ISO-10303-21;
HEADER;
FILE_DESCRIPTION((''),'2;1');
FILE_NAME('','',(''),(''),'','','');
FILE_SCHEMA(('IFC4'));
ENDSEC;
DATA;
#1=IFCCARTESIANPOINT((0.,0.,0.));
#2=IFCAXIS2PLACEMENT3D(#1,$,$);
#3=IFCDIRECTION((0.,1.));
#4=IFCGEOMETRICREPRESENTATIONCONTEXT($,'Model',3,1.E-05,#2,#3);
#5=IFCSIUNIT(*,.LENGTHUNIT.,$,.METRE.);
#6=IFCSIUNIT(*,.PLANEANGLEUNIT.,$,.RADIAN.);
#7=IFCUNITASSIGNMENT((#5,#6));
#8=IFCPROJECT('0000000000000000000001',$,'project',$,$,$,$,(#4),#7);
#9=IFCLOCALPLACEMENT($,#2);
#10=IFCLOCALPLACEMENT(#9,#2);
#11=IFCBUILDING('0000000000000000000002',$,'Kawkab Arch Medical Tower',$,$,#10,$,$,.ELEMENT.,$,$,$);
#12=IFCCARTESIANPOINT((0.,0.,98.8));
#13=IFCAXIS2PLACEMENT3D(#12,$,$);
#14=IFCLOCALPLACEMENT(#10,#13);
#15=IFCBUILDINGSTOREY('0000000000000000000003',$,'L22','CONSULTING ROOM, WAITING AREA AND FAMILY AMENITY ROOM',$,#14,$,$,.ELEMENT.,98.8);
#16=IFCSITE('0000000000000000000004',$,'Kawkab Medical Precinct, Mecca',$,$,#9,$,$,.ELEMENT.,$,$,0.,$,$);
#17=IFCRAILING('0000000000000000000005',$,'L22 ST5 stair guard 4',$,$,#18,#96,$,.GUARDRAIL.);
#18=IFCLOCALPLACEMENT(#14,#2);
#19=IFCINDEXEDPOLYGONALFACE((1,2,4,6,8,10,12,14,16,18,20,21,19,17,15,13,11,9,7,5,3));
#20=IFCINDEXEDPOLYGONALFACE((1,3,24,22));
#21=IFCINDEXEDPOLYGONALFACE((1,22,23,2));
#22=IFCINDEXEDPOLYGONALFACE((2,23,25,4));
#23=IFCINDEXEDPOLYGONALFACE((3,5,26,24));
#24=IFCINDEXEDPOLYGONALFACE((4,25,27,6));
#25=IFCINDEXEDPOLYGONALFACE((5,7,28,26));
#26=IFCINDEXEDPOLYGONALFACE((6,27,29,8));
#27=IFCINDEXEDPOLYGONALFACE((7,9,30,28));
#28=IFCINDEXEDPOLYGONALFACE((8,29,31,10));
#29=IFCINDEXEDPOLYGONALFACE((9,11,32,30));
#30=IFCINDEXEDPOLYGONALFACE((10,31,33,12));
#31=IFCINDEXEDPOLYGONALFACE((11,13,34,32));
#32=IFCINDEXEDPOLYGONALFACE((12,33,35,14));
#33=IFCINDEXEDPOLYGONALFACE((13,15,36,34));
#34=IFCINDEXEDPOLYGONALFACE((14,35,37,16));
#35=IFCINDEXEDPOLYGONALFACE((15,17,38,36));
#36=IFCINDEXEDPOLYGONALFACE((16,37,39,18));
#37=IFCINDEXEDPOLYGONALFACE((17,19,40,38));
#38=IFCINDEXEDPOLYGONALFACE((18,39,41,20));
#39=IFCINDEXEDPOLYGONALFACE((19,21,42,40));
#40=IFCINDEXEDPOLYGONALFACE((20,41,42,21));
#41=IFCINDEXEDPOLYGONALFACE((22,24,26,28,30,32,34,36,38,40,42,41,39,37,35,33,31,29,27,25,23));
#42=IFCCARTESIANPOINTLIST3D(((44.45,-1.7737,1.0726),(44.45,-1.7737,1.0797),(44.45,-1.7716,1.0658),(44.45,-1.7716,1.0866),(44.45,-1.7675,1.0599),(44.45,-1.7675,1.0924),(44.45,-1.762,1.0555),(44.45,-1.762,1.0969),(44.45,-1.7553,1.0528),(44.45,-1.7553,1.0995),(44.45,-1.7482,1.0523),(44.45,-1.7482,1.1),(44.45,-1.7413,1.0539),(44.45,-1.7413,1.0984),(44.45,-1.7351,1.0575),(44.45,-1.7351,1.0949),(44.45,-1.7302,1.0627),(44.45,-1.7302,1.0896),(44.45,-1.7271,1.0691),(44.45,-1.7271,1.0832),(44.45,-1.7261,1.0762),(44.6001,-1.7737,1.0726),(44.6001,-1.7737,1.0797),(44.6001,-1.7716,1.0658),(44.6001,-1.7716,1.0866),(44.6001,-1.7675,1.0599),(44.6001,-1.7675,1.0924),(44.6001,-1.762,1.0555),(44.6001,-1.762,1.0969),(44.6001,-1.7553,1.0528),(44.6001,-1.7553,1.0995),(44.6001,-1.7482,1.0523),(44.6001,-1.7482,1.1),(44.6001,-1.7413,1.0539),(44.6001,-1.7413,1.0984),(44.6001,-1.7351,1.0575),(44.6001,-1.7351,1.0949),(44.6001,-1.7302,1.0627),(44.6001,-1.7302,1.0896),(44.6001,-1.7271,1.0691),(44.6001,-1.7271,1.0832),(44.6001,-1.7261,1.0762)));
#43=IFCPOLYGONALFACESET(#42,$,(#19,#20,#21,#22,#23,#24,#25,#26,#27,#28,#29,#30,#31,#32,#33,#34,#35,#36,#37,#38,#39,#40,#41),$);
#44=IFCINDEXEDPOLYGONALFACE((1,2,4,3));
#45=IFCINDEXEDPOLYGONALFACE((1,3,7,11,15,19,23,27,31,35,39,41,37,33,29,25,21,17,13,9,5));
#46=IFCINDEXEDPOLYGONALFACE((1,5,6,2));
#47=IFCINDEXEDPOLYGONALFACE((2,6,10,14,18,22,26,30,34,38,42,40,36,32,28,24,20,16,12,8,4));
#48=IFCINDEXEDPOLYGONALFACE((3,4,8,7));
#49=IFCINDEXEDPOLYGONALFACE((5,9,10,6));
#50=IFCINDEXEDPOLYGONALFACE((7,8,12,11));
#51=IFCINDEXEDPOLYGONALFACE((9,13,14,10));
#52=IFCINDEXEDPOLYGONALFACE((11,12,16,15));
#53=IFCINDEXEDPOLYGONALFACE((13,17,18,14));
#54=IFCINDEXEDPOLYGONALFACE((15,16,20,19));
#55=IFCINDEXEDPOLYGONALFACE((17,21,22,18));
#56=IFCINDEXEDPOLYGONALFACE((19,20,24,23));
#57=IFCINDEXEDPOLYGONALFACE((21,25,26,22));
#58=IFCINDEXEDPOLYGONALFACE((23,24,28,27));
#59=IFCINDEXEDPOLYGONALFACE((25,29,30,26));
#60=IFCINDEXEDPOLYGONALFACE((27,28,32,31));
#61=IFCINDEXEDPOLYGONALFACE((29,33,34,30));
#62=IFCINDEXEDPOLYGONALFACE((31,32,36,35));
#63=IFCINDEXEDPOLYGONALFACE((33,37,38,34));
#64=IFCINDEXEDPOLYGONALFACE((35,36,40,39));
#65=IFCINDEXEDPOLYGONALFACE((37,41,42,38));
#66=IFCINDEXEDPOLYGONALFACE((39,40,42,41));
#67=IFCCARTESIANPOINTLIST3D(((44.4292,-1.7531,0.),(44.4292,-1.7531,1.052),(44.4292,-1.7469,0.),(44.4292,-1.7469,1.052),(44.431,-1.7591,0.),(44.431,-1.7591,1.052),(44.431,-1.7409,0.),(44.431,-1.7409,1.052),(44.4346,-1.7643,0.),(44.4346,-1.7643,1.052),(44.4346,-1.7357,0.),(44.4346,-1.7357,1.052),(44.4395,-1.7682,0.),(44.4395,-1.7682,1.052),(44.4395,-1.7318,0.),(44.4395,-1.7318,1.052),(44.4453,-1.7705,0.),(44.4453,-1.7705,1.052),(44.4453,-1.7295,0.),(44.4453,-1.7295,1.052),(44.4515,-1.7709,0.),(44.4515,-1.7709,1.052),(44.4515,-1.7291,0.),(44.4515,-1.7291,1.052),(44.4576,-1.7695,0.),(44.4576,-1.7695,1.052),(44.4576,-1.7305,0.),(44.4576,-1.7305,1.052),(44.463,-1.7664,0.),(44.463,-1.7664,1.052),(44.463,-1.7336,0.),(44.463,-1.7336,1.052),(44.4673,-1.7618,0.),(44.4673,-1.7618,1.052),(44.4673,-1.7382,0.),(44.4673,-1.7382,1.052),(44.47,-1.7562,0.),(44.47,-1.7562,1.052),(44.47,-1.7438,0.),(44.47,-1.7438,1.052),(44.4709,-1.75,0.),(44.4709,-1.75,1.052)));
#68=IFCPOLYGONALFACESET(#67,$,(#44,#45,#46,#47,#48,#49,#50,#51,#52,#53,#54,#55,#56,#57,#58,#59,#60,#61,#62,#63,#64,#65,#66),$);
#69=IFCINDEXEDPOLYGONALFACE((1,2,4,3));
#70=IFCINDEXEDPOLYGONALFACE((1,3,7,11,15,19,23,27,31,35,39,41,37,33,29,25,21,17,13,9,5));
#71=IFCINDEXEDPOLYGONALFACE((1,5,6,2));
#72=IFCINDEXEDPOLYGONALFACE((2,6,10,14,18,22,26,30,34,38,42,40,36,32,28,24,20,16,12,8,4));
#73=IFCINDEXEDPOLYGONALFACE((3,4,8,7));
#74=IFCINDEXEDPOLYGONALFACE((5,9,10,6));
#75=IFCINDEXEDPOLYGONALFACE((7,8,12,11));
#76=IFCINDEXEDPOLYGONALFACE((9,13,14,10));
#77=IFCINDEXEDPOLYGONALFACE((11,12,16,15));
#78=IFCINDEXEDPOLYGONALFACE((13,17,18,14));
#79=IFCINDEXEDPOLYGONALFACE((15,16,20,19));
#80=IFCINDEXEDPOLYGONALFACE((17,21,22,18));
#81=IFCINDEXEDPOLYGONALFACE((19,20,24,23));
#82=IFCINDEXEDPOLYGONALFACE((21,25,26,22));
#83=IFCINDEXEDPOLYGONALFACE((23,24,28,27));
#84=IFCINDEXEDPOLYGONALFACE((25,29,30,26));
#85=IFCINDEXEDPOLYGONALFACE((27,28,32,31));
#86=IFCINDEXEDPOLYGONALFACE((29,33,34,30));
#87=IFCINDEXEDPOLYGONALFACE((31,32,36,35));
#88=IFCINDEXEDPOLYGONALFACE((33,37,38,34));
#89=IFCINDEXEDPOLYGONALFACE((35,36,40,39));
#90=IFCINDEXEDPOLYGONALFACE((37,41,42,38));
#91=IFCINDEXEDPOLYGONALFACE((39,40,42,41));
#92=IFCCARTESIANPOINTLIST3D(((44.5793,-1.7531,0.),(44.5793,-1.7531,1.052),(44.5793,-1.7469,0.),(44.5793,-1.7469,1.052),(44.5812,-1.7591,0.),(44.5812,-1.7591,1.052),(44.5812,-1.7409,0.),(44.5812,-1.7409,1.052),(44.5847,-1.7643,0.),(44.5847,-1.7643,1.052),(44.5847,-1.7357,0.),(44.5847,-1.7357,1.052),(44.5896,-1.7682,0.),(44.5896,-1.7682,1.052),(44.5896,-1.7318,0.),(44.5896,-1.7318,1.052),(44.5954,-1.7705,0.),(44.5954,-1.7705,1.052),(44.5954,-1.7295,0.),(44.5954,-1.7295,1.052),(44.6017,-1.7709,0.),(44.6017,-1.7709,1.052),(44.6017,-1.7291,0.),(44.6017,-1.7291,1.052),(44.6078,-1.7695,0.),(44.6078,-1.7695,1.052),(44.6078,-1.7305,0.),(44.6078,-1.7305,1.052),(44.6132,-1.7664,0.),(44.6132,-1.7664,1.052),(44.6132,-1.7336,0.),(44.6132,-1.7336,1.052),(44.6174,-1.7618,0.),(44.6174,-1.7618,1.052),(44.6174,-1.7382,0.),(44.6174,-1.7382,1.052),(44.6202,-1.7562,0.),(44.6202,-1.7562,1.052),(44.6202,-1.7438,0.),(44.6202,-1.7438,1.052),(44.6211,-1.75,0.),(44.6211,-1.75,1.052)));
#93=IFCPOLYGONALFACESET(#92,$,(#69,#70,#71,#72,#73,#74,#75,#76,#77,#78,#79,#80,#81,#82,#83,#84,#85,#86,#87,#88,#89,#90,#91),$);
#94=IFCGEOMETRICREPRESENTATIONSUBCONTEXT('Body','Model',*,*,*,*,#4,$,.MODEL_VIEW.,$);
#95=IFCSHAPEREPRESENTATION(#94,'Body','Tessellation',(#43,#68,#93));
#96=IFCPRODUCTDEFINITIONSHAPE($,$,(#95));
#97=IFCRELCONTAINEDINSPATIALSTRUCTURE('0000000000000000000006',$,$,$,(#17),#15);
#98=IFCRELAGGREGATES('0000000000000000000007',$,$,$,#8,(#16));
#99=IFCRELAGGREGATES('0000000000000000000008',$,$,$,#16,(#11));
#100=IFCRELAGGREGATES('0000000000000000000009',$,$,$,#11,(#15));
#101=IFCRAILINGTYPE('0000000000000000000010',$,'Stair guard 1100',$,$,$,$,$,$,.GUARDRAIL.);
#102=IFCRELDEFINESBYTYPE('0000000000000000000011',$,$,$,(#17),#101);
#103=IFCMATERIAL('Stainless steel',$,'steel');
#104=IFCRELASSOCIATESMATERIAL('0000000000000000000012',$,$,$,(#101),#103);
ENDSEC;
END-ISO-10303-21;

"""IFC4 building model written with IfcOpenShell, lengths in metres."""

from ifc_helpers import new_model, si_unit, direction, frame, origin, origin_2d, place, context, subcontext, project, spatial, circle, extrude, material, type_object, element, save


model = new_model("IFC4")

# Units and contexts
model_context = context("Model", 3, precision=1e-05, world=origin(), true_north=direction((0.0, 1.0)))
body_context = subcontext(model_context, "Body", "Model", "MODEL_VIEW")
ifc_project = project(units=[si_unit("LENGTHUNIT", "METRE"), si_unit("PLANEANGLEUNIT", "RADIAN")], contexts=[model_context])

# Site, building, storey
site_placement = place(None, origin())
site = spatial("IfcSite", under=ifc_project, at=site_placement, Name="Kawkab Medical Precinct, Mecca", CompositionType="ELEMENT", RefElevation=0.0)
building_placement = place(site_placement, origin())
building = spatial("IfcBuilding", under=site, at=building_placement, Name="Kawkab Arch Medical Tower", CompositionType="ELEMENT")
storey_placement = place(building_placement, frame((0.0, 0.0, 98.8)))
storey = spatial("IfcBuildingStorey", under=building, at=storey_placement, Name="L22", Description="CONSULTING ROOM, WAITING AREA AND FAMILY AMENITY ROOM", CompositionType="ELEMENT", Elevation=98.8)

# Railing
ifc_material_1 = material(Name="Stainless steel", Category="steel")
railing_type = type_object("IfcRailingType", Name="Stair guard 1100", PredefinedType="GUARDRAIL", material=ifc_material_1)
railing_1_placement = place(storey_placement, frame((44.45, -1.75, 0.0)))
element("IfcRailing", 1, at=railing_1_placement, inside=storey, type_object=railing_type, Name="L22 ST5 stair guard 4", PredefinedType="GUARDRAIL", context=body_context, shape_type="SweptSolid", body=[
    extrude(circle(Radius=0.0239, at=origin_2d()), frame((0.0, 0.0, 1.0762), z_axis=(1.0, 0.0, 0.0), x_axis=(0.0, 1.0, 0.0)), (0.0, 0.0, 1.0), 0.1501),
    extrude(circle(Radius=0.021, at=origin_2d()), origin(), (0.0, 0.0, 1.0), 1.052),
    extrude(circle(Radius=0.021, at=origin_2d()), frame((0.1501, 0.0, 0.0)), (0.0, 0.0, 1.0), 1.052),
])

save(model, "model.ifc")
